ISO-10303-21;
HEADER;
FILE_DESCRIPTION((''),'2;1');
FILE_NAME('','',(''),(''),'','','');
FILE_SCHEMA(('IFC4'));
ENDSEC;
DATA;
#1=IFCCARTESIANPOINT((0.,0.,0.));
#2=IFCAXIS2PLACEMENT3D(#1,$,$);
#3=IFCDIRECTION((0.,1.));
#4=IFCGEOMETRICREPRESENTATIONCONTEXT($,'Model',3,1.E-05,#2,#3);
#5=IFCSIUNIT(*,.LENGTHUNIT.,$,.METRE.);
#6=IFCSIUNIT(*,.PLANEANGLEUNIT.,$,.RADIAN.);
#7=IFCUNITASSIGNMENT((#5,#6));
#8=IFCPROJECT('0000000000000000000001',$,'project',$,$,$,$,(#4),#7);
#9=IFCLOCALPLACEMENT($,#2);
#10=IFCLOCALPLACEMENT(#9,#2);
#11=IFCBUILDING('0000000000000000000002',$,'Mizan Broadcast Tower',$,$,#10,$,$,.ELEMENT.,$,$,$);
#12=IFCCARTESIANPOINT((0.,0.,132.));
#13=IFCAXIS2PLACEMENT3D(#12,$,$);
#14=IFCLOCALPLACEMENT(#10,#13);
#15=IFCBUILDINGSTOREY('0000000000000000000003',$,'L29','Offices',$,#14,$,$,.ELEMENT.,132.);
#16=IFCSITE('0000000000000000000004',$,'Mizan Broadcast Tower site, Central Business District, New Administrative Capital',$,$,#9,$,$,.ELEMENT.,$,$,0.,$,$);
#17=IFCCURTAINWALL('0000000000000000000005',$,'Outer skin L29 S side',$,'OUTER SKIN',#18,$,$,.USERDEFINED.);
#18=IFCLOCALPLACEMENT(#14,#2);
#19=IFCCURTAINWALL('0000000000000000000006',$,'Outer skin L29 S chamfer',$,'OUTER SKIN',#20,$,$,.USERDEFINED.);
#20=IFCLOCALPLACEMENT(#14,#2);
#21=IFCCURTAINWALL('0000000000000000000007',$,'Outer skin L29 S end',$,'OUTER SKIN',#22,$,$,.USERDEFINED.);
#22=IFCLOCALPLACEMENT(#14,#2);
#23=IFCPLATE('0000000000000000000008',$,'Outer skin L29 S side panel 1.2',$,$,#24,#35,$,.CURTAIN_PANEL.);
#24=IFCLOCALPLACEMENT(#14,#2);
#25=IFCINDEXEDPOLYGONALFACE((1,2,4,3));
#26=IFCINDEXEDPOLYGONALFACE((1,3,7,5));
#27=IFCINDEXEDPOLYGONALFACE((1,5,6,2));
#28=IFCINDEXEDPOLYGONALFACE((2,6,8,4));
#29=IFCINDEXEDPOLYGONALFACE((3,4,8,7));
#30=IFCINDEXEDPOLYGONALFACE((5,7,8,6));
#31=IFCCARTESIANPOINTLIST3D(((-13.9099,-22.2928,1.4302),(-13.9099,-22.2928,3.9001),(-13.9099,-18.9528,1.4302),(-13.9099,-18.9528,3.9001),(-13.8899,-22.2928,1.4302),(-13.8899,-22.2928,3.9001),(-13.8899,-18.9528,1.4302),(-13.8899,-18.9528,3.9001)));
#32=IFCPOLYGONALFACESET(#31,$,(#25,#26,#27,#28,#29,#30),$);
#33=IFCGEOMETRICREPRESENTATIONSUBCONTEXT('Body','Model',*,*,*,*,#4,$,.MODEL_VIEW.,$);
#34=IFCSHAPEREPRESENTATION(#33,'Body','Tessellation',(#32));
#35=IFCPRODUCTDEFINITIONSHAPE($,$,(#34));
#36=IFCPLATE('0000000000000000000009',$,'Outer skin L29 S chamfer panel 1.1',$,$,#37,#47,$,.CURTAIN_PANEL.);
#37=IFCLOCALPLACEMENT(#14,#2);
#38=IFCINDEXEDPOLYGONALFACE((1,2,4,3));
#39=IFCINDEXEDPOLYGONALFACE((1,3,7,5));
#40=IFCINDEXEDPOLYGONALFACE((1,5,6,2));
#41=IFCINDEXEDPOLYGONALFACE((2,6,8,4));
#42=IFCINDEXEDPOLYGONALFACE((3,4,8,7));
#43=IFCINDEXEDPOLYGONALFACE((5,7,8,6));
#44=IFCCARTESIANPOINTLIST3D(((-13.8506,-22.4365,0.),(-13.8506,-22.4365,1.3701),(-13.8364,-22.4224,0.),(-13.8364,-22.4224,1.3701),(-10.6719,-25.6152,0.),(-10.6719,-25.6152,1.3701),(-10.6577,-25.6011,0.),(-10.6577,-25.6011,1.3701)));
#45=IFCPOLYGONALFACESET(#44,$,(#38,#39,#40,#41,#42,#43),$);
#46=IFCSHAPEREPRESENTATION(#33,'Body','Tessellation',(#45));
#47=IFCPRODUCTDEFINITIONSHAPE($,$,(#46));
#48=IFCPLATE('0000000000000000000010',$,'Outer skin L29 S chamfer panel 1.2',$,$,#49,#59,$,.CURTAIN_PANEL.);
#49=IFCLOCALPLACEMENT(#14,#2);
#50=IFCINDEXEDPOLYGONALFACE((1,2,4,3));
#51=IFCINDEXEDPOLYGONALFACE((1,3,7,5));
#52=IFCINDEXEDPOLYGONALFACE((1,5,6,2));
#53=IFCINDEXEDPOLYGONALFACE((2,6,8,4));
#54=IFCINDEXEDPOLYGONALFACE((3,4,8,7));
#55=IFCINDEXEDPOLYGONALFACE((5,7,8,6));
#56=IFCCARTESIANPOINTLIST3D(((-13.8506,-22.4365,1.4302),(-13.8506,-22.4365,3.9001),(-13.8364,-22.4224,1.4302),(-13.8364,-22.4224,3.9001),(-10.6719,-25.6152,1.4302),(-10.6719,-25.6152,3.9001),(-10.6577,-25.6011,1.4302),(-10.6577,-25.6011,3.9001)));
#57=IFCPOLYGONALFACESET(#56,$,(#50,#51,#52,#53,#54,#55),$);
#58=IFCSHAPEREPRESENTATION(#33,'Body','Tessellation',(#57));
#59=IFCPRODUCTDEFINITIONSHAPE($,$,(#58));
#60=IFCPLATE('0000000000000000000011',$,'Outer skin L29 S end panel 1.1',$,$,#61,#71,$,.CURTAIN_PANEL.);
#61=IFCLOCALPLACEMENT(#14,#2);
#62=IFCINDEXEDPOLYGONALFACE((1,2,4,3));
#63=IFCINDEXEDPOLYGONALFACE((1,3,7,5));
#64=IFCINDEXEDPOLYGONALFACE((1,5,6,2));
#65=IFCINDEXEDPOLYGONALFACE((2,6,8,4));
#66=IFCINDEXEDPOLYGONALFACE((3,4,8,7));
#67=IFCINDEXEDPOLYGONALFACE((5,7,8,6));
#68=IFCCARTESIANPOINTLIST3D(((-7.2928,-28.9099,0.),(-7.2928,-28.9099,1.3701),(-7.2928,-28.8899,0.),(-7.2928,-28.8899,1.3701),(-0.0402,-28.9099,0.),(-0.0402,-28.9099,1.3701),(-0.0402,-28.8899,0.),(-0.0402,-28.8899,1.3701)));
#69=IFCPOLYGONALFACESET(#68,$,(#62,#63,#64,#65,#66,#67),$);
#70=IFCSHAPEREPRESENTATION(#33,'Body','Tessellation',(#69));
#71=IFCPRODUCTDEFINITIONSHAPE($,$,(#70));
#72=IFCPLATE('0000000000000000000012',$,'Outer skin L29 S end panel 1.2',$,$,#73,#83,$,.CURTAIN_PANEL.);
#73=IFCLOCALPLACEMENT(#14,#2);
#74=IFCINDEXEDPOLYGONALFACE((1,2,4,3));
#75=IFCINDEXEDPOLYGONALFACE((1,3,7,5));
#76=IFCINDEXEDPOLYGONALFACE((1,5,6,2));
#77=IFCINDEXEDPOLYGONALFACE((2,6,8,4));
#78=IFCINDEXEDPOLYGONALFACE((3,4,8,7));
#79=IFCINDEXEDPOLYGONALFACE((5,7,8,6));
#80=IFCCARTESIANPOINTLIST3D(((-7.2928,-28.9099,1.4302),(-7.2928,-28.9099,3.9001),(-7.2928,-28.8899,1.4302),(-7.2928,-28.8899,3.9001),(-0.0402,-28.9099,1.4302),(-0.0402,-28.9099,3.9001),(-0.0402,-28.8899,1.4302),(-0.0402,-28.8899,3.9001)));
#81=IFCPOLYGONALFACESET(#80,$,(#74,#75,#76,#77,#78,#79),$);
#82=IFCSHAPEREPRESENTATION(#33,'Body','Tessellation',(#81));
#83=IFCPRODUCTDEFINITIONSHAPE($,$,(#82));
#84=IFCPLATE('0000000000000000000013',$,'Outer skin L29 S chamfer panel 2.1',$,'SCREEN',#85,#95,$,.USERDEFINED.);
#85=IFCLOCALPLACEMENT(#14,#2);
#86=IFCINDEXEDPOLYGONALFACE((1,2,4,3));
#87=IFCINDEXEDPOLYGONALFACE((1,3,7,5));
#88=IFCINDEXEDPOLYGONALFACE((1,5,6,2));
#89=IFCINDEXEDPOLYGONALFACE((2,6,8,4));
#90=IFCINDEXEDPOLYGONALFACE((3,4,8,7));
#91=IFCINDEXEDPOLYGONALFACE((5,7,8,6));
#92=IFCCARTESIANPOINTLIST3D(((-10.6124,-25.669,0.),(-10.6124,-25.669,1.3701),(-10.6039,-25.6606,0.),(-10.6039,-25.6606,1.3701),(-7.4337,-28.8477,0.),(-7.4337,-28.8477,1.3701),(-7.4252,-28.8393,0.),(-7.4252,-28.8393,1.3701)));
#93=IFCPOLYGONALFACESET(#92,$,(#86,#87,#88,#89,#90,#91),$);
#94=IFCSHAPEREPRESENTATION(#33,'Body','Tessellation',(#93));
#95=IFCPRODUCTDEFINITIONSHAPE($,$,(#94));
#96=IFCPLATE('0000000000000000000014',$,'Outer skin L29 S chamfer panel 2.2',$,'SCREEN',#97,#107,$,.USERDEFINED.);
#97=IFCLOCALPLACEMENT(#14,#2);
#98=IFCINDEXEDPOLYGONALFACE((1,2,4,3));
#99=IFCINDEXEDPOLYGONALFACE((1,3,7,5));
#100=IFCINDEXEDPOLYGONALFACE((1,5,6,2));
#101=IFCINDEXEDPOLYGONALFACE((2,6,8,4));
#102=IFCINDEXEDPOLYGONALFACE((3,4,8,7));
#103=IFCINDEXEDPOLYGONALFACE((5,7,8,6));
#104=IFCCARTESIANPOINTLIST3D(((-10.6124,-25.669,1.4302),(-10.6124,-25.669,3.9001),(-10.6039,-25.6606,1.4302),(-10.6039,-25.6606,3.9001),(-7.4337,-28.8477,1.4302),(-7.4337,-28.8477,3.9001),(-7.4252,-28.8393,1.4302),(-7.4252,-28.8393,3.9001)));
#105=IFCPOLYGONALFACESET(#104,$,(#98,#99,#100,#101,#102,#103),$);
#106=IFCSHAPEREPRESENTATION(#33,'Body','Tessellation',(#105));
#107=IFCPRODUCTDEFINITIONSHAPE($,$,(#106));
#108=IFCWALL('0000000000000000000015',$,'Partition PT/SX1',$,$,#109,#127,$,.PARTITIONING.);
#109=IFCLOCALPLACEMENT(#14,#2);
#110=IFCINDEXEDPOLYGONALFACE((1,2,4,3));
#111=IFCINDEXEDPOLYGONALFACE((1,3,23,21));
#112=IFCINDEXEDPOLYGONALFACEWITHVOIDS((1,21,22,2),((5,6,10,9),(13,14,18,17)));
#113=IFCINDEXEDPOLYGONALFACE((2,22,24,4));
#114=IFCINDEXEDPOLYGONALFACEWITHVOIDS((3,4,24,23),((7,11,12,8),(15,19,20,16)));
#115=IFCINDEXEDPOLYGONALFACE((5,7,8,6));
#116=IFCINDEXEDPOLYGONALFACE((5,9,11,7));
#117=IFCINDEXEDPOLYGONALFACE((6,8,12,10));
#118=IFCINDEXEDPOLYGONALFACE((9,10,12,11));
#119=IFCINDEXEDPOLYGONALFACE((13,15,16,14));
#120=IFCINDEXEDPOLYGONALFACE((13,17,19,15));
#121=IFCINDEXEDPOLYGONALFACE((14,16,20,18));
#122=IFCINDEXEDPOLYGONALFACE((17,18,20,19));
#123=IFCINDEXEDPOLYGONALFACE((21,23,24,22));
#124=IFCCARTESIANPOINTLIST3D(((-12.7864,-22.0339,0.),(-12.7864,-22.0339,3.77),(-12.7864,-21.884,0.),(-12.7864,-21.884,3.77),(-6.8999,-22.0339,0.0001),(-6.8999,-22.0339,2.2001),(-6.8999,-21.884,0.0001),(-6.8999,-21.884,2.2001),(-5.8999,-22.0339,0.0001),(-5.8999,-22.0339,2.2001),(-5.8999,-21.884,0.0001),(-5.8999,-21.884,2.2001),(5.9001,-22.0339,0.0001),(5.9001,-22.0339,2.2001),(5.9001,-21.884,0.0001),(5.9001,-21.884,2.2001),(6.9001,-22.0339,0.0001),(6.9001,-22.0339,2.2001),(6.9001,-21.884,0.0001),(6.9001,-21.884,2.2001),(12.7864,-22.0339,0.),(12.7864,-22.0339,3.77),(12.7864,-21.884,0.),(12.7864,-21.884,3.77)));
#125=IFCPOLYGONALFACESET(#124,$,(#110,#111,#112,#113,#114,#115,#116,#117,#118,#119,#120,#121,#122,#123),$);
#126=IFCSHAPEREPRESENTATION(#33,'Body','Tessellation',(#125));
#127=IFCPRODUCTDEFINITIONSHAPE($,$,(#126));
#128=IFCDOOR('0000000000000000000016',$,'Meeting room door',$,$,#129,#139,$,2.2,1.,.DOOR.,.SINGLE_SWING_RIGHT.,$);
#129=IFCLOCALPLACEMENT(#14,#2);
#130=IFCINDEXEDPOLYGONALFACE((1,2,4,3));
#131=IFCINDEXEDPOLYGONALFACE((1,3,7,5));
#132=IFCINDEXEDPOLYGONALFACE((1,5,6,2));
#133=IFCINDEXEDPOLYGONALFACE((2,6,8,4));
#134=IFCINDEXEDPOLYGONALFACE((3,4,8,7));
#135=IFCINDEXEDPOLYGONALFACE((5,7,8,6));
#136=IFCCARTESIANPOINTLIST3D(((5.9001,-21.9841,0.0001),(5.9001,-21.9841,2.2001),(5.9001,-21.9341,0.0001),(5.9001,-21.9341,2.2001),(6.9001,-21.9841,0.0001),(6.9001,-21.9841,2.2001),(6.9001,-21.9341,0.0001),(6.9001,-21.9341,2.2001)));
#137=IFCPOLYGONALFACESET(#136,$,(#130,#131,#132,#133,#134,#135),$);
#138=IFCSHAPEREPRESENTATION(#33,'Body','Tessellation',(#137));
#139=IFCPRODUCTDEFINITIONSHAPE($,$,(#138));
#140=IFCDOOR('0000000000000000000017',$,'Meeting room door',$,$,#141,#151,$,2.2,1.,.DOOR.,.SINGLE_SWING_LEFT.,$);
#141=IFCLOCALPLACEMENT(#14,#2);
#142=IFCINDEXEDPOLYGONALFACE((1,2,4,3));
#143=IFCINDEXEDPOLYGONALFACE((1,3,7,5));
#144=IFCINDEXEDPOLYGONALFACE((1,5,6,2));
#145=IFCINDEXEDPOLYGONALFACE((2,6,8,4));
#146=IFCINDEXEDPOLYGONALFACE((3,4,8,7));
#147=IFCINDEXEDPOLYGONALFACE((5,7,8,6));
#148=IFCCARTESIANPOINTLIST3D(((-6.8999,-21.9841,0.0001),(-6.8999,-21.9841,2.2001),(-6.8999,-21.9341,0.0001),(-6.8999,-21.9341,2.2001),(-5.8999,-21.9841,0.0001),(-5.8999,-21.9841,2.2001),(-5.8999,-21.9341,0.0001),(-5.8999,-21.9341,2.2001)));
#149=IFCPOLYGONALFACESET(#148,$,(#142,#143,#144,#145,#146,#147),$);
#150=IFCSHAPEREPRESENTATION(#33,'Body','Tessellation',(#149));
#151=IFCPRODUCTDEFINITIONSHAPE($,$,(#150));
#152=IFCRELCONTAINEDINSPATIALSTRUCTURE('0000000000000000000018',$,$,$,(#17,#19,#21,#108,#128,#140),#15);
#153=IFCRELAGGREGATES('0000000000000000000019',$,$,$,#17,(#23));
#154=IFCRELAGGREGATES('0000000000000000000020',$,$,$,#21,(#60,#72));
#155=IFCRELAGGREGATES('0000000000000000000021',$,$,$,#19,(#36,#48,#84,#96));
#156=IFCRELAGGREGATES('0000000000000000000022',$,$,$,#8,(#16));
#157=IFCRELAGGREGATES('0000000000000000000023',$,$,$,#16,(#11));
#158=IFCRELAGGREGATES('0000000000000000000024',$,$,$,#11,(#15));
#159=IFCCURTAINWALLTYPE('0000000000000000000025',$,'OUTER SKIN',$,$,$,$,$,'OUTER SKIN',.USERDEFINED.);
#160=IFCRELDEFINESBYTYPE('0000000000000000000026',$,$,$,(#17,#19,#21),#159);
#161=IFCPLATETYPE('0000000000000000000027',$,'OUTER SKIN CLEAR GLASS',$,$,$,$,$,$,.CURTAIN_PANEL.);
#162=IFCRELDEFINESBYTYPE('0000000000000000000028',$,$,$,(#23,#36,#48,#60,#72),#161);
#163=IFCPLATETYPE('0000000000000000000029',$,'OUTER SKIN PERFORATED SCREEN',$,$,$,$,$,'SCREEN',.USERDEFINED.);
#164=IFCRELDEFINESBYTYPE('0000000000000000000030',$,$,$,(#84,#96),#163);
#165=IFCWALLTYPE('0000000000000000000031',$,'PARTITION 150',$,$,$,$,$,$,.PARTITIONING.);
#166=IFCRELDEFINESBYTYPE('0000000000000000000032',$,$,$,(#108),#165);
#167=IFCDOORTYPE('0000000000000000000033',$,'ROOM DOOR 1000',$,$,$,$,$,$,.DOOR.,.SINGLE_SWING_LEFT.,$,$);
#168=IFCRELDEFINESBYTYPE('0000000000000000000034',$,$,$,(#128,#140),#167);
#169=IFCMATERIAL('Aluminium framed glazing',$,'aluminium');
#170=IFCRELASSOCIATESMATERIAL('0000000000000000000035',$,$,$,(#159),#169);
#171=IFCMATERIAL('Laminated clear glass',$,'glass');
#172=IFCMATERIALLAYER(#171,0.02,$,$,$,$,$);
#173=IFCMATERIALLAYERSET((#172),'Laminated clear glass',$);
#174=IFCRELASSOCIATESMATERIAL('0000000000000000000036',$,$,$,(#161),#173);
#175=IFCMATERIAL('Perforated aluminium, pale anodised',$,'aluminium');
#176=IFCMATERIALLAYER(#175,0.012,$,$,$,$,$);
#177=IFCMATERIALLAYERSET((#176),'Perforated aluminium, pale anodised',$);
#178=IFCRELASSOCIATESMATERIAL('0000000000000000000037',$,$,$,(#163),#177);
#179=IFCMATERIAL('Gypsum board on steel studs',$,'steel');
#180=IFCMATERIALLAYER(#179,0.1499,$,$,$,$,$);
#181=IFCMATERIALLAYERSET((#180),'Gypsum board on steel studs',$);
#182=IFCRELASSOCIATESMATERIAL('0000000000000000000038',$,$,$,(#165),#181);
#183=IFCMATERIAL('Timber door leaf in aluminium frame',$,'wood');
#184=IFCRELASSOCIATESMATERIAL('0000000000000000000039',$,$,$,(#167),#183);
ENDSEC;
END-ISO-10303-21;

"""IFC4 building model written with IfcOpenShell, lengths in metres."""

from ifc_helpers import new_model, si_unit, direction, frame, frame_2d, origin, origin_2d, place, context, subcontext, project, spatial, rectangle, extrude, material, layer, layer_set, type_object, element, fill, aggregate, save


model = new_model("IFC4")

# Units and contexts
model_context = context("Model", 3, precision=1e-05, world=origin(), true_north=direction((0.0, 1.0)))
body_context = subcontext(model_context, "Body", "Model", "MODEL_VIEW")
ifc_project = project(units=[si_unit("LENGTHUNIT", "METRE"), si_unit("PLANEANGLEUNIT", "RADIAN")], contexts=[model_context])

# Site, building, storey
site_placement = place(None, origin())
site = spatial("IfcSite", under=ifc_project, at=site_placement, Name="Mizan Broadcast Tower site, Central Business District, New Administrative Capital", CompositionType="ELEMENT", RefElevation=0.0)
building_placement = place(site_placement, origin())
building = spatial("IfcBuilding", under=site, at=building_placement, Name="Mizan Broadcast Tower", CompositionType="ELEMENT")
storey_placement = place(building_placement, frame((0.0, 0.0, 132.0)))
storey = spatial("IfcBuildingStorey", under=building, at=storey_placement, Name="L29", Description="Offices", CompositionType="ELEMENT", Elevation=132.0)

# Curtain wall
ifc_material_1 = material(Name="Aluminium framed glazing", Category="aluminium")
curtain_wall_type_1 = type_object("IfcCurtainWallType", Name="OUTER SKIN", ElementType="OUTER SKIN", PredefinedType="USERDEFINED", material=ifc_material_1)
curtain_wall_1_placement = place(storey_placement, origin())
curtain_wall_1 = element("IfcCurtainWall", 1, at=curtain_wall_1_placement, inside=storey, type_object=curtain_wall_type_1, Name="Outer skin L29 S side", ObjectType="OUTER SKIN", PredefinedType="USERDEFINED")

# Curtain wall
curtain_wall_2_placement = place(storey_placement, origin())
curtain_wall_2 = element("IfcCurtainWall", 2, at=curtain_wall_2_placement, inside=storey, type_object=curtain_wall_type_1, Name="Outer skin L29 S chamfer", ObjectType="OUTER SKIN", PredefinedType="USERDEFINED")

# Curtain wall
curtain_wall_3_placement = place(storey_placement, origin())
curtain_wall_3 = element("IfcCurtainWall", 3, at=curtain_wall_3_placement, inside=storey, type_object=curtain_wall_type_1, Name="Outer skin L29 S end", ObjectType="OUTER SKIN", PredefinedType="USERDEFINED")

# Plates
ifc_material_2 = material(Name="Laminated clear glass", Category="glass")
ifc_layer_1 = layer(ifc_material_2, 0.02)
ifc_layer_set_1 = layer_set([ifc_layer_1], Name="Laminated clear glass")
plate_type_1 = type_object("IfcPlateType", Name="OUTER SKIN CLEAR GLASS", PredefinedType="CURTAIN_PANEL", material=ifc_layer_set_1)
plate_1_placement = place(storey_placement, frame((-13.8999, -20.6228, 1.4302), z_axis=(0.0, 0.0, 1.0), x_axis=(0.0, -1.0, 0.0)))
plate_1 = element("IfcPlate", 4, at=plate_1_placement, type_object=plate_type_1, Name="Outer skin L29 S side panel 1.2", PredefinedType="CURTAIN_PANEL", context=body_context, shape_type="SweptSolid", body=[
    extrude(rectangle(XDim=3.3401, YDim=0.02, at=origin_2d()), origin(), (0.0, 0.0, 1.0), 2.47),
])
aggregate(curtain_wall_1, [plate_1])
plate_2_placement = place(storey_placement, frame((-12.2542, -24.0188, 0.0), z_axis=(0.0, 0.0, 1.0), x_axis=(0.707107, -0.707107, 0.0)))
plate_2 = element("IfcPlate", 5, at=plate_2_placement, type_object=plate_type_1, Name="Outer skin L29 S chamfer panel 1.1", PredefinedType="CURTAIN_PANEL", context=body_context, shape_type="SweptSolid", body=[
    extrude(rectangle(XDim=4.4954, YDim=0.02, at=origin_2d()), origin(), (0.0, 0.0, 1.0), 1.3701),
])
plate_3_placement = place(storey_placement, frame((-12.2542, -24.0188, 1.4302), z_axis=(0.0, 0.0, 1.0), x_axis=(0.707107, -0.707107, 0.0)))
plate_3 = element("IfcPlate", 6, at=plate_3_placement, type_object=plate_type_1, Name="Outer skin L29 S chamfer panel 1.2", PredefinedType="CURTAIN_PANEL", context=body_context, shape_type="SweptSolid", body=[
    extrude(rectangle(XDim=4.4954, YDim=0.02, at=origin_2d()), origin(), (0.0, 0.0, 1.0), 2.47),
])
plate_4_placement = place(storey_placement, frame((-3.6665, -28.8999, 0.0), z_axis=(0.0, 0.0, 1.0), x_axis=(1.0, 0.0, 0.0)))
plate_4 = element("IfcPlate", 7, at=plate_4_placement, type_object=plate_type_1, Name="Outer skin L29 S end panel 1.1", PredefinedType="CURTAIN_PANEL", context=body_context, shape_type="SweptSolid", body=[
    extrude(rectangle(XDim=7.2527, YDim=0.02, at=origin_2d()), origin(), (0.0, 0.0, 1.0), 1.3701),
])
plate_5_placement = place(storey_placement, frame((-3.6665, -28.8999, 1.4302), z_axis=(0.0, 0.0, 1.0), x_axis=(1.0, 0.0, 0.0)))
plate_5 = element("IfcPlate", 8, at=plate_5_placement, type_object=plate_type_1, Name="Outer skin L29 S end panel 1.2", PredefinedType="CURTAIN_PANEL", context=body_context, shape_type="SweptSolid", body=[
    extrude(rectangle(XDim=7.2527, YDim=0.02, at=origin_2d()), origin(), (0.0, 0.0, 1.0), 2.47),
])
aggregate(curtain_wall_3, [plate_4, plate_5])
ifc_material_3 = material(Name="Perforated aluminium, pale anodised", Category="aluminium")
ifc_layer_2 = layer(ifc_material_3, 0.012)
ifc_layer_set_2 = layer_set([ifc_layer_2], Name="Perforated aluminium, pale anodised")
plate_type_2 = type_object("IfcPlateType", Name="OUTER SKIN PERFORATED SCREEN", ElementType="SCREEN", PredefinedType="USERDEFINED", material=ifc_layer_set_2)
plate_6_placement = place(storey_placement, frame((-9.0188, -27.2542, 0.0), z_axis=(0.0, 0.0, 1.0), x_axis=(0.707107, -0.707107, 0.0)))
plate_6 = element("IfcPlate", 9, at=plate_6_placement, type_object=plate_type_2, Name="Outer skin L29 S chamfer panel 2.1", ObjectType="SCREEN", PredefinedType="USERDEFINED", context=body_context, shape_type="SweptSolid", body=[
    extrude(rectangle(XDim=4.4954, YDim=0.012, at=origin_2d()), origin(), (0.0, 0.0, 1.0), 1.3701),
])
plate_7_placement = place(storey_placement, frame((-9.0188, -27.2542, 1.4302), z_axis=(0.0, 0.0, 1.0), x_axis=(0.707107, -0.707107, 0.0)))
plate_7 = element("IfcPlate", 10, at=plate_7_placement, type_object=plate_type_2, Name="Outer skin L29 S chamfer panel 2.2", ObjectType="SCREEN", PredefinedType="USERDEFINED", context=body_context, shape_type="SweptSolid", body=[
    extrude(rectangle(XDim=4.4954, YDim=0.012, at=origin_2d()), origin(), (0.0, 0.0, 1.0), 2.47),
])
aggregate(curtain_wall_2, [plate_2, plate_3, plate_6, plate_7])

# Wall, openings, doors
ifc_material_4 = material(Name="Gypsum board on steel studs", Category="steel")
ifc_layer_3 = layer(ifc_material_4, 0.1499)
ifc_layer_set_3 = layer_set([ifc_layer_3], Name="Gypsum board on steel studs")
wall_type = type_object("IfcWallType", Name="PARTITION 150", PredefinedType="PARTITIONING", material=ifc_layer_set_3)
wall_placement = place(storey_placement, frame((-12.7864, -21.959, 0.0), z_axis=(0.0, 0.0, 1.0), x_axis=(1.0, 0.0, 0.0)))
wall = element("IfcWall", 11, at=wall_placement, inside=storey, type_object=wall_type, Name="Partition PT/SX1", PredefinedType="PARTITIONING", context=body_context, shape_type="SweptSolid", body=[
    extrude(rectangle(XDim=25.5728, YDim=0.1499, at=frame_2d((12.7864, 0.0))), origin(), (0.0, 0.0, 1.0), 3.77),
])
opening_1_placement = place(wall_placement, frame((18.6865, 0.0, 0.0)))
opening_1 = element("IfcOpeningElement", 12, at=opening_1_placement, cuts=wall, PredefinedType="OPENING", context=body_context, shape_type="SweptSolid", body=[
    extrude(rectangle(XDim=1.0, YDim=2.2, at=frame_2d((0.5, 1.1001))), frame((0.0, 0.085, 0.0), z_axis=(0.0, -1.0, 0.0), x_axis=(1.0, 0.0, 0.0)), (0.0, 0.0, 1.0), 0.1699),
])
opening_2_placement = place(wall_placement, frame((5.8865, 0.0, 0.0)))
opening_2 = element("IfcOpeningElement", 13, at=opening_2_placement, cuts=wall, PredefinedType="OPENING", context=body_context, shape_type="SweptSolid", body=[
    extrude(rectangle(XDim=1.0, YDim=2.2, at=frame_2d((0.5, 1.1001))), frame((0.0, 0.085, 0.0), z_axis=(0.0, -1.0, 0.0), x_axis=(1.0, 0.0, 0.0)), (0.0, 0.0, 1.0), 0.1699),
])
ifc_material_5 = material(Name="Timber door leaf in aluminium frame", Category="wood")
door_type = type_object("IfcDoorType", Name="ROOM DOOR 1000", OperationType="SINGLE_SWING_LEFT", PredefinedType="DOOR", material=ifc_material_5)
door_1_placement = place(opening_1_placement, origin())
door_1 = element("IfcDoor", 14, at=door_1_placement, inside=storey, type_object=door_type, Name="Meeting room door", OperationType="SINGLE_SWING_RIGHT", OverallHeight=2.2, OverallWidth=1.0, PredefinedType="DOOR", context=body_context, shape_type="SweptSolid", body=[
    extrude(rectangle(XDim=1.0, YDim=2.2, at=frame_2d((0.5, 1.1001))), frame((0.0, 0.0249, 0.0), z_axis=(0.0, -1.0, 0.0), x_axis=(1.0, 0.0, 0.0)), (0.0, 0.0, 1.0), 0.05),
])
fill(opening_1, door_1)
door_2_placement = place(opening_2_placement, origin())
door_2 = element("IfcDoor", 15, at=door_2_placement, inside=storey, type_object=door_type, Name="Meeting room door", OperationType="SINGLE_SWING_LEFT", OverallHeight=2.2, OverallWidth=1.0, PredefinedType="DOOR", context=body_context, shape_type="SweptSolid", body=[
    extrude(rectangle(XDim=1.0, YDim=2.2, at=frame_2d((0.5, 1.1001))), frame((0.0, 0.0249, 0.0), z_axis=(0.0, -1.0, 0.0), x_axis=(1.0, 0.0, 0.0)), (0.0, 0.0, 1.0), 0.05),
])
fill(opening_2, door_2)

save(model, "model.ifc")
